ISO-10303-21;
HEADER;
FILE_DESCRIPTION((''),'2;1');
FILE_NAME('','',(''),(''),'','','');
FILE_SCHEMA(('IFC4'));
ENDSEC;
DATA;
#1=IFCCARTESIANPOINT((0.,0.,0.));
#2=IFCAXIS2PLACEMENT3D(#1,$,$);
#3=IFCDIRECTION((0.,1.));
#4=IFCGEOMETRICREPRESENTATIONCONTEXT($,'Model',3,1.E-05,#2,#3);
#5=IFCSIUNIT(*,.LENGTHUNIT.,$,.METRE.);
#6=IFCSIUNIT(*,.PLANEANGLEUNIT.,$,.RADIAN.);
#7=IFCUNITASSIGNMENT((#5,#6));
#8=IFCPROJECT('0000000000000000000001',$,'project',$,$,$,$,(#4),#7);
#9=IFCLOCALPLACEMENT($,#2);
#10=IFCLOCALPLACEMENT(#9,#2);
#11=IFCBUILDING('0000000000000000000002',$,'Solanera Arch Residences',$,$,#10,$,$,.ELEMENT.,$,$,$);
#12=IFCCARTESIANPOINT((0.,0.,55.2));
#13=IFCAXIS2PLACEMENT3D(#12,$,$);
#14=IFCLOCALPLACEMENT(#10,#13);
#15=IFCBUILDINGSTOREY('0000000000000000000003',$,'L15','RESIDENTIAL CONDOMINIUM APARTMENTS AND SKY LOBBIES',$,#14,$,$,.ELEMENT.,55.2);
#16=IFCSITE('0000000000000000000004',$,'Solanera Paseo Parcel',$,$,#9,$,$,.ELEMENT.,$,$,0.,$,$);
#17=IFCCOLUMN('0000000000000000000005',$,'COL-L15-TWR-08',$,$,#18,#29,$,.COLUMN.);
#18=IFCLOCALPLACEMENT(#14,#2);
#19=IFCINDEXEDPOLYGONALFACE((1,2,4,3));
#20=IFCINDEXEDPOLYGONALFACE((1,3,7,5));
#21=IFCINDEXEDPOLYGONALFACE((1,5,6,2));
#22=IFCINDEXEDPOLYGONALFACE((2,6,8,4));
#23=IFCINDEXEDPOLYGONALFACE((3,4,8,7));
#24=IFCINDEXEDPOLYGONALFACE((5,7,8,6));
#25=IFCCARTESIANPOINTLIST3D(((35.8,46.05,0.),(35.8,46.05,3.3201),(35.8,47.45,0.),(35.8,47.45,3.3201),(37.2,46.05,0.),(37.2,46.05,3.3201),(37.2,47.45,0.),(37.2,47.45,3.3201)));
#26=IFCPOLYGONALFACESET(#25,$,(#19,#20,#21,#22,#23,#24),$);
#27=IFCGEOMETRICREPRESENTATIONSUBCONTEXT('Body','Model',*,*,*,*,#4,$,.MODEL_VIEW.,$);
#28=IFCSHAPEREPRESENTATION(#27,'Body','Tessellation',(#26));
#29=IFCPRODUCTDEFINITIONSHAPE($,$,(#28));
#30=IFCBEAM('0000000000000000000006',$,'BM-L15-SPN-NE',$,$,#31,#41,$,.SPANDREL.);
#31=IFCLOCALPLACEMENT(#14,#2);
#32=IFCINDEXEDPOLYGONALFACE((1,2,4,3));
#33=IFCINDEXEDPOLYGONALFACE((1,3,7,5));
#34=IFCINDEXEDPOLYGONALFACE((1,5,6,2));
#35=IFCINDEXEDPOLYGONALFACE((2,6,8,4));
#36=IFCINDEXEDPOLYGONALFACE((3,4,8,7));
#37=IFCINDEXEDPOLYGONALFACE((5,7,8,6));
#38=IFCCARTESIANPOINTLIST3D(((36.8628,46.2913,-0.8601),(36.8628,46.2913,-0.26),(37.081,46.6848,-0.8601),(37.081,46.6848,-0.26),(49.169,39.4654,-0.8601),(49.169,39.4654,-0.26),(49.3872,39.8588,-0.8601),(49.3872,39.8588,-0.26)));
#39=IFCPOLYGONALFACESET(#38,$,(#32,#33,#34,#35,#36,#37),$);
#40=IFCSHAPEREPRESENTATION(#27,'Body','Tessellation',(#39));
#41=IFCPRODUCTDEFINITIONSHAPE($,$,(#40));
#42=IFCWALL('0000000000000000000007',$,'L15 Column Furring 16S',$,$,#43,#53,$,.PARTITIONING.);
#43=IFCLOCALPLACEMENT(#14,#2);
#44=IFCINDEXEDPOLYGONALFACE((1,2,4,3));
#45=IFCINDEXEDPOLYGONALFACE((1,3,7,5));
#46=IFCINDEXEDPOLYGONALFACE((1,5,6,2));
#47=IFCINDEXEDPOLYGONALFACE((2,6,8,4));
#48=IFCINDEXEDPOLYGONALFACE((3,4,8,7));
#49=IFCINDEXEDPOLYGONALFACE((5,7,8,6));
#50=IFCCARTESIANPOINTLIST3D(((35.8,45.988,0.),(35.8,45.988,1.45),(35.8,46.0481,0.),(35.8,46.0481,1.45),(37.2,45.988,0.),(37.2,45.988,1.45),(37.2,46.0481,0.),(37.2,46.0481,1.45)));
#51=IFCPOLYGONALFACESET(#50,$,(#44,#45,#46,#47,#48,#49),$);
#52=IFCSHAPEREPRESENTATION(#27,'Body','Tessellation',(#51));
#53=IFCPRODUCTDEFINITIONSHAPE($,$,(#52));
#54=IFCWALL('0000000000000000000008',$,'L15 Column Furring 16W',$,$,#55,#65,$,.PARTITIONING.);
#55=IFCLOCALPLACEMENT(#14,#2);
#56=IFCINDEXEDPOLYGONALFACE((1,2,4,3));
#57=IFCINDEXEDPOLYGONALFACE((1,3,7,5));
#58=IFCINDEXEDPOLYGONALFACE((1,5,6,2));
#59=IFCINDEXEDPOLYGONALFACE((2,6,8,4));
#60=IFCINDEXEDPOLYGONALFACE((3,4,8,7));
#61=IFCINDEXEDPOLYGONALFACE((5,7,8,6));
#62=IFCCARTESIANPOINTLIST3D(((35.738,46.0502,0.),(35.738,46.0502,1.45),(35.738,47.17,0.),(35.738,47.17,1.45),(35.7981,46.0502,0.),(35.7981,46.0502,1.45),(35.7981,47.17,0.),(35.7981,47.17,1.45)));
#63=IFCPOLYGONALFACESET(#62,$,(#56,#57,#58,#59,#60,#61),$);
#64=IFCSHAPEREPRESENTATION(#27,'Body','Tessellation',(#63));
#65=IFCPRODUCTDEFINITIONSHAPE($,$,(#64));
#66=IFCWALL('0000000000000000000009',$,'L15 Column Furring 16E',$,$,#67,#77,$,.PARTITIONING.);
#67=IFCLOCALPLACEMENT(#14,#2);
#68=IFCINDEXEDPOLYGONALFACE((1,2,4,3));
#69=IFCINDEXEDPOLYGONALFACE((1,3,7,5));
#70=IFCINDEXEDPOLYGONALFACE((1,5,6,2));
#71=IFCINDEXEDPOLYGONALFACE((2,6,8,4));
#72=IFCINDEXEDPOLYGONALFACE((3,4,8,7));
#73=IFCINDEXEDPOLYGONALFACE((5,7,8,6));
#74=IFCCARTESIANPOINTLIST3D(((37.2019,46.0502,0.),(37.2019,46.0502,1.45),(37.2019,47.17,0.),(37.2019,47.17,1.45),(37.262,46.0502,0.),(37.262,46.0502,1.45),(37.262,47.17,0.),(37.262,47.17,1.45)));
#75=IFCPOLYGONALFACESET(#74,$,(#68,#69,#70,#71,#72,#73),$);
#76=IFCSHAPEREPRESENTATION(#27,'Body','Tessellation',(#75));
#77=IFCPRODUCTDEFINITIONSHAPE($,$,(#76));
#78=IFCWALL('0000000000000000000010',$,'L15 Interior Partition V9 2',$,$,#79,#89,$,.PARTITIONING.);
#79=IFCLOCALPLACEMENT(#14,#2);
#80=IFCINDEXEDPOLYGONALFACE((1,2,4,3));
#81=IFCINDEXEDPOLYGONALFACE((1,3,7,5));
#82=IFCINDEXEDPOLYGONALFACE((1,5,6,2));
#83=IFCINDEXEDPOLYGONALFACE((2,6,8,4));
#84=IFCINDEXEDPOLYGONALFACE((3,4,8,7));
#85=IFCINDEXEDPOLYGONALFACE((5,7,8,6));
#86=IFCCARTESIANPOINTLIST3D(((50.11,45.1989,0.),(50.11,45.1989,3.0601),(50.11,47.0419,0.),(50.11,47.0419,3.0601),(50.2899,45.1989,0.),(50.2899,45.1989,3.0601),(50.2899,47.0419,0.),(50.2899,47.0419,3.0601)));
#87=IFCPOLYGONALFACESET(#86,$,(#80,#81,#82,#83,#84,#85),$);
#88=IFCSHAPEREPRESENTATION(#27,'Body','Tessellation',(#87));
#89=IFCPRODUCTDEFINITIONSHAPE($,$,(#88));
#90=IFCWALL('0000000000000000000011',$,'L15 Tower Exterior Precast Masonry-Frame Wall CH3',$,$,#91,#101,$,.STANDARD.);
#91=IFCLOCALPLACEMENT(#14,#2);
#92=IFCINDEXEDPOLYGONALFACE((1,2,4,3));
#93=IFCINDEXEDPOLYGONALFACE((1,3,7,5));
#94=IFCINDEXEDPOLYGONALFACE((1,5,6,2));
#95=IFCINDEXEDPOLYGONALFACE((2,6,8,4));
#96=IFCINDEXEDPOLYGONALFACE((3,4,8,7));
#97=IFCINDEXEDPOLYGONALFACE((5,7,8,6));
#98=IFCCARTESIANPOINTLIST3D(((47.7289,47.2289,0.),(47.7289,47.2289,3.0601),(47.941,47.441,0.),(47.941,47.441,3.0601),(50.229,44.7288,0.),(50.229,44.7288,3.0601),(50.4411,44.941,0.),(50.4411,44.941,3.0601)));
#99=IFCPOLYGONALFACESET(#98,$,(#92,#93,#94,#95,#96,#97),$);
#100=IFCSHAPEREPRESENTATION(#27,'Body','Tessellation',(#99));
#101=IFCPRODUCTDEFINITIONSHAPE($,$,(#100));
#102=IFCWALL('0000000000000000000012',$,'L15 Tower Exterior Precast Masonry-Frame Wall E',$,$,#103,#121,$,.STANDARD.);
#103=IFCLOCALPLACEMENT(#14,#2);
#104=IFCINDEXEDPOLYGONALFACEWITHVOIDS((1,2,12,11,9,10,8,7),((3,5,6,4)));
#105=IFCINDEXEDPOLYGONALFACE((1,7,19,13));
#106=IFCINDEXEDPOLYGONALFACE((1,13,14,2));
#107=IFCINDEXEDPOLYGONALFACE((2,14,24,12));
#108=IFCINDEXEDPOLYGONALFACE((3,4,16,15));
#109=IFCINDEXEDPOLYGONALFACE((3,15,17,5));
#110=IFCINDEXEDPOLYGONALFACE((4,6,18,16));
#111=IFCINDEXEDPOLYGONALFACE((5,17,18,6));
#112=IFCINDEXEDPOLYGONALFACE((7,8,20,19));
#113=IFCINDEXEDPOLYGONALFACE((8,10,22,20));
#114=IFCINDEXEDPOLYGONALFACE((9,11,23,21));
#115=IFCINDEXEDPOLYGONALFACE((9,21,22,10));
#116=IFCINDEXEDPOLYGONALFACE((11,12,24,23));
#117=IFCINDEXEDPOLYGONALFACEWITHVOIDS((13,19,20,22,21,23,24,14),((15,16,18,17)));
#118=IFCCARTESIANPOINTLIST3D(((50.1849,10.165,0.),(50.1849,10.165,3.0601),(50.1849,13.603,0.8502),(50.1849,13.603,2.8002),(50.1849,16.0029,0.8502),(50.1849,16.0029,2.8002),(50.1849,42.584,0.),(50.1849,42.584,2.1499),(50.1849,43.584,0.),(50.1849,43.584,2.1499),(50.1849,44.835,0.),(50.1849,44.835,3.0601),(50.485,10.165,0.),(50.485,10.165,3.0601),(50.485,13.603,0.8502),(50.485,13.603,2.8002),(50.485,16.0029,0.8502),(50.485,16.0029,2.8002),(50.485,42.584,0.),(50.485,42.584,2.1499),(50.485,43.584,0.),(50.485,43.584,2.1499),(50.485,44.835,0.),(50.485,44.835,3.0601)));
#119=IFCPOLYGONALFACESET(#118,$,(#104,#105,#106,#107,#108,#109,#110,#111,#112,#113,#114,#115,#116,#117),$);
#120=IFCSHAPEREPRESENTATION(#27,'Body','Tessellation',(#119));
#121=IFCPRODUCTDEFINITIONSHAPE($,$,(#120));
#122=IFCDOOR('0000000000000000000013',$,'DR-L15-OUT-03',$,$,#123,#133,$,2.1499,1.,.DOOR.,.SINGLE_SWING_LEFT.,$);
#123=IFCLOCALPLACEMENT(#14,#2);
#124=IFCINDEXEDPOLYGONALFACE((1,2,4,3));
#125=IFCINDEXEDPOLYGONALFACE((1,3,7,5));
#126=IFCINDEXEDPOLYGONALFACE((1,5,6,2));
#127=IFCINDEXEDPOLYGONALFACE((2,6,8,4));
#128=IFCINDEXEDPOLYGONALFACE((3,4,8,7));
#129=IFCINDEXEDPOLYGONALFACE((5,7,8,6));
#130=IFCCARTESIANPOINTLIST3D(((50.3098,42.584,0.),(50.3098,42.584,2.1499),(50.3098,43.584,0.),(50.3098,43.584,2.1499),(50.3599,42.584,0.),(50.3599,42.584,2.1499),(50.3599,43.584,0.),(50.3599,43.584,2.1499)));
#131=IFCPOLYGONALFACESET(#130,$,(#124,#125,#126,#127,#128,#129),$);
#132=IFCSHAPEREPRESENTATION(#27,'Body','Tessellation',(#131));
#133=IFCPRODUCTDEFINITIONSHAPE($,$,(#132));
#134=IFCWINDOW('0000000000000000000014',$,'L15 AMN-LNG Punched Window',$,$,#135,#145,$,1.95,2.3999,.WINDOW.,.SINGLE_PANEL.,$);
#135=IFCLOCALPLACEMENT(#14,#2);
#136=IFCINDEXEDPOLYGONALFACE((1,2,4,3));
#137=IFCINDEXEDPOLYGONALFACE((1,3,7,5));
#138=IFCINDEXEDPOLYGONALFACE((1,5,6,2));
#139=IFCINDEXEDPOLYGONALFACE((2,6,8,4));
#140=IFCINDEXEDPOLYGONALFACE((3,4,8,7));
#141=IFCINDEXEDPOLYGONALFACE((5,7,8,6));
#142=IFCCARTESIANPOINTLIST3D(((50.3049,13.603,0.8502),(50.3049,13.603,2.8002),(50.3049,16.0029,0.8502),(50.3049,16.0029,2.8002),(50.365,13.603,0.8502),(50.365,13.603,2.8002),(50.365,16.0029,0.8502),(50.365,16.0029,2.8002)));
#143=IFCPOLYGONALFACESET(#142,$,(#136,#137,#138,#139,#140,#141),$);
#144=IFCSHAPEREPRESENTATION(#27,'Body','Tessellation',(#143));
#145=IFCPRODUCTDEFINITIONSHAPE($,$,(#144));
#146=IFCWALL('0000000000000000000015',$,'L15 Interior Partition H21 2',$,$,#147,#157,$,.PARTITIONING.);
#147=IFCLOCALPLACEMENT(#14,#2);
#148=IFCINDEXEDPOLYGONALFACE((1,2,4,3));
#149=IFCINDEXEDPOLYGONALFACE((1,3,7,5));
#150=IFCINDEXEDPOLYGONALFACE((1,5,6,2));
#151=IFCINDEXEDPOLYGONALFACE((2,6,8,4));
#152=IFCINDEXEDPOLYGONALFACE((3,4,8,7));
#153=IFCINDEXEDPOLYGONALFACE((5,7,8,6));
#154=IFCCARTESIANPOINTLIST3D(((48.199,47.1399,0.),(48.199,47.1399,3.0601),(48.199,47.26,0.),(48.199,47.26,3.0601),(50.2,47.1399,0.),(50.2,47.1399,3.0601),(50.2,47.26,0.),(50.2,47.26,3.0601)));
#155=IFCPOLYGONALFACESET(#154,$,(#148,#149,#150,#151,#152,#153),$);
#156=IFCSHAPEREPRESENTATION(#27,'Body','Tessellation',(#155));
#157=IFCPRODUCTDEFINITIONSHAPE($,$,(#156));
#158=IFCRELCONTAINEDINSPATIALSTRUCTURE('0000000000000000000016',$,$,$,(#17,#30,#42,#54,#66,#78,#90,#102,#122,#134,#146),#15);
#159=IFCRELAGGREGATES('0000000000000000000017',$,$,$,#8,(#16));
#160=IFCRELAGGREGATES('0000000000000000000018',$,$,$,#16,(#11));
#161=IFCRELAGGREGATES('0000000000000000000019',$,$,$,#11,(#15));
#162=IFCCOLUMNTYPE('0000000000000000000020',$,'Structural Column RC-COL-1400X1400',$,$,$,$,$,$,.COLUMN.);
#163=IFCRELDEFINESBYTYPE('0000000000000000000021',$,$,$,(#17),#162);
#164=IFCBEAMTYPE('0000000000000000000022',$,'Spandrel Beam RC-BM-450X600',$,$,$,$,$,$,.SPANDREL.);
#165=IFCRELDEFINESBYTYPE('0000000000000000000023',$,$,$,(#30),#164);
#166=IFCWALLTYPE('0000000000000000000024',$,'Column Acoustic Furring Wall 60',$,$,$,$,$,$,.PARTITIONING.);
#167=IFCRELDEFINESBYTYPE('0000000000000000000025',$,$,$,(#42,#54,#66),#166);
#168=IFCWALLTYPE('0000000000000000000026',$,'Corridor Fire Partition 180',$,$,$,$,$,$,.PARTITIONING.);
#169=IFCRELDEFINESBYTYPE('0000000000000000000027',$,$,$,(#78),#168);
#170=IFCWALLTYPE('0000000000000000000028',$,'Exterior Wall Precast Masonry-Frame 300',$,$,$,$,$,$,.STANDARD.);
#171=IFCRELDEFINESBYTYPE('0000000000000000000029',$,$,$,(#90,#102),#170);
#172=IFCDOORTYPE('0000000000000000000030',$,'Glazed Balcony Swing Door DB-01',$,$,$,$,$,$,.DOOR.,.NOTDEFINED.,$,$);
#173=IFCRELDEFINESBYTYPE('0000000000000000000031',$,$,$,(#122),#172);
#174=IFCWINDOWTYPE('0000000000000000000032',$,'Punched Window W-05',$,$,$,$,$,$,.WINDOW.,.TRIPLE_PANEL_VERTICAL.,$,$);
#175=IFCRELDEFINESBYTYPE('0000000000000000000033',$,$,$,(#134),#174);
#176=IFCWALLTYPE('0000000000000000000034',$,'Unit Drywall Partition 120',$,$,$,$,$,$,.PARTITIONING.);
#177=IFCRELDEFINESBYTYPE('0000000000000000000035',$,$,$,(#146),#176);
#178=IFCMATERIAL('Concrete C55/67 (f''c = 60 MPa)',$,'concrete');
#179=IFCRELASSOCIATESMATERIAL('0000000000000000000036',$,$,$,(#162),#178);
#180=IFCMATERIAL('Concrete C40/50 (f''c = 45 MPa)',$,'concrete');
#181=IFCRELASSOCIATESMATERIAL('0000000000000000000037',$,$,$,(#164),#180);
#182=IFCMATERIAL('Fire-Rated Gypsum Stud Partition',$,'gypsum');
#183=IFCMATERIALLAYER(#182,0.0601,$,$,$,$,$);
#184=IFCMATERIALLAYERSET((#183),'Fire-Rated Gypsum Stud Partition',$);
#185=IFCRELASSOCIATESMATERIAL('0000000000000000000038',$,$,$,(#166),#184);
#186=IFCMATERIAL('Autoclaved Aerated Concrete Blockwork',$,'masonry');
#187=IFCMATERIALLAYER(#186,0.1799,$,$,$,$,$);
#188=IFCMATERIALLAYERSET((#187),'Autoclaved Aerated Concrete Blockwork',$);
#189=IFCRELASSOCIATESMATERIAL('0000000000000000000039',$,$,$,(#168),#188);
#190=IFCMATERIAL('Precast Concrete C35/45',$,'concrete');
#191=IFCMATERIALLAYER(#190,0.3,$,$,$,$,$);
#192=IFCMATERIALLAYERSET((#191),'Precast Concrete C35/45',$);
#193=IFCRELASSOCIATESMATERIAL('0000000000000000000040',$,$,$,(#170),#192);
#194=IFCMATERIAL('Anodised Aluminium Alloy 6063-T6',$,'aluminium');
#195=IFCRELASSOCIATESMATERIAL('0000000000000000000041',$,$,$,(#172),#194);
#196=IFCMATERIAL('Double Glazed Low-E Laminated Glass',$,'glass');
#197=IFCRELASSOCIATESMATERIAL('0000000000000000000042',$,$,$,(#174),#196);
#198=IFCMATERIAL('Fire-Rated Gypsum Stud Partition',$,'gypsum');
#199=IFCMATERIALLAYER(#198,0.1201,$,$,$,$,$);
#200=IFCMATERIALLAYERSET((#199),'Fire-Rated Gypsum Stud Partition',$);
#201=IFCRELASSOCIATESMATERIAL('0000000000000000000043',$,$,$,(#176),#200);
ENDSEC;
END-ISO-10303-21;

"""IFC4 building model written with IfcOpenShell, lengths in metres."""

from ifc_helpers import new_model, si_unit, direction, frame, frame_2d, origin, origin_2d, place, context, subcontext, project, spatial, rectangle, extrude, material, layer, layer_set, material_profile, profile_set, type_object, element, fill, save


model = new_model("IFC4")

# Units and contexts
model_context = context("Model", 3, precision=1e-05, world=origin(), true_north=direction((0.0, 1.0)))
body_context = subcontext(model_context, "Body", "Model", "MODEL_VIEW")
ifc_project = project(units=[si_unit("LENGTHUNIT", "METRE"), si_unit("PLANEANGLEUNIT", "RADIAN")], contexts=[model_context])

# Site, building, storey
site_placement = place(None, origin())
site = spatial("IfcSite", under=ifc_project, at=site_placement, Name="Solanera Paseo Parcel", CompositionType="ELEMENT", RefElevation=0.0)
building_placement = place(site_placement, origin())
building = spatial("IfcBuilding", under=site, at=building_placement, Name="Solanera Arch Residences", CompositionType="ELEMENT")
storey_placement = place(building_placement, frame((0.0, 0.0, 55.2)))
storey = spatial("IfcBuildingStorey", under=building, at=storey_placement, Name="L15", Description="RESIDENTIAL CONDOMINIUM APARTMENTS AND SKY LOBBIES", CompositionType="ELEMENT", Elevation=55.2)

# Column
ifc_material_1 = material(Name="Concrete C55/67 (f'c = 60 MPa)", Category="concrete")
ifc_material_profile_1 = material_profile(ifc_material_1, rectangle(XDim=1.3999, YDim=1.3999, at=origin_2d()))
ifc_profile_set_1 = profile_set([ifc_material_profile_1], Name="Concrete C55/67 (f'c = 60 MPa)")
column_type = type_object("IfcColumnType", Name="Structural Column RC-COL-1400X1400", PredefinedType="COLUMN", material=ifc_profile_set_1)
column_placement = place(storey_placement, frame((36.5, 46.75, 0.0), z_axis=(0.0, 0.0, 1.0), x_axis=(1.0, 0.0, 0.0)))
element("IfcColumn", 1, at=column_placement, inside=storey, type_object=column_type, Name="COL-L15-TWR-08", PredefinedType="COLUMN", context=body_context, shape_type="SweptSolid", body=[
    extrude(rectangle(XDim=1.3999, YDim=1.3999, at=origin_2d()), origin(), (0.0, 0.0, 1.0), 3.3201),
])

# Beam
ifc_material_2 = material(Name="Concrete C40/50 (f'c = 45 MPa)", Category="concrete")
ifc_material_profile_2 = material_profile(ifc_material_2, rectangle(XDim=0.45, YDim=0.6001, at=origin_2d()))
ifc_profile_set_2 = profile_set([ifc_material_profile_2], Name="Concrete C40/50 (f'c = 45 MPa)")
beam_type = type_object("IfcBeamType", Name="Spandrel Beam RC-BM-450X600", PredefinedType="SPANDREL", material=ifc_profile_set_2)
beam_placement = place(storey_placement, frame((36.9719, 46.488, -0.5601), z_axis=(0.874484, -0.485055, 0.0), x_axis=(0.485055, 0.874484, 0.0)))
element("IfcBeam", 2, at=beam_placement, inside=storey, type_object=beam_type, Name="BM-L15-SPN-NE", PredefinedType="SPANDREL", context=body_context, shape_type="SweptSolid", body=[
    extrude(rectangle(XDim=0.45, YDim=0.6001, at=origin_2d()), origin(), (0.0, 0.0, 1.0), 14.0725),
])

# Walls
ifc_material_3 = material(Name="Fire-Rated Gypsum Stud Partition", Category="gypsum")
ifc_layer_1 = layer(ifc_material_3, 0.0601)
ifc_layer_set_1 = layer_set([ifc_layer_1], Name="Fire-Rated Gypsum Stud Partition")
wall_type_1 = type_object("IfcWallType", Name="Column Acoustic Furring Wall 60", PredefinedType="PARTITIONING", material=ifc_layer_set_1)
wall_1_placement = place(storey_placement, frame((35.8, 46.0181, 0.0), z_axis=(0.0, 0.0, 1.0), x_axis=(1.0, 0.0, 0.0)))
element("IfcWall", 3, at=wall_1_placement, inside=storey, type_object=wall_type_1, Name="L15 Column Furring 16S", PredefinedType="PARTITIONING", context=body_context, shape_type="SweptSolid", body=[
    extrude(rectangle(XDim=1.3999, YDim=0.0601, at=frame_2d((0.7, 0.0))), origin(), (0.0, 0.0, 1.0), 1.45),
])
for number, where, z_axis, x_axis, name in (
    (4, (35.7681, 46.05, 0.0), (0.0, 0.0, 1.0), (0.0, 1.0, 0.0), "L15 Column Furring 16W"),
    (5, (37.2319, 46.05, 0.0), (0.0, 0.0, 1.0), (0.0, 1.0, 0.0), "L15 Column Furring 16E"),
):
    element("IfcWall", number, at=place(storey_placement, frame(where, z_axis=z_axis, x_axis=x_axis)), inside=storey, type_object=wall_type_1, Name=name, PredefinedType="PARTITIONING", context=body_context, shape_type="SweptSolid", body=[
        extrude(rectangle(XDim=1.1199, YDim=0.0601, at=frame_2d((0.5601, 0.0))), origin(), (0.0, 0.0, 1.0), 1.45),
    ])
ifc_material_4 = material(Name="Autoclaved Aerated Concrete Blockwork", Category="masonry")
ifc_layer_2 = layer(ifc_material_4, 0.1799)
ifc_layer_set_2 = layer_set([ifc_layer_2], Name="Autoclaved Aerated Concrete Blockwork")
wall_type_2 = type_object("IfcWallType", Name="Corridor Fire Partition 180", PredefinedType="PARTITIONING", material=ifc_layer_set_2)
wall_2_placement = place(storey_placement, frame((50.2, 45.199, 0.0), z_axis=(0.0, 0.0, 1.0), x_axis=(0.0, 1.0, 0.0)))
element("IfcWall", 6, at=wall_2_placement, inside=storey, type_object=wall_type_2, Name="L15 Interior Partition V9 2", PredefinedType="PARTITIONING", context=body_context, shape_type="SweptSolid", body=[
    extrude(rectangle(XDim=1.843, YDim=0.1799, at=frame_2d((0.9214, 0.0))), origin(), (0.0, 0.0, 1.0), 3.0601),
])
ifc_material_5 = material(Name="Precast Concrete C35/45", Category="concrete")
ifc_layer_3 = layer(ifc_material_5, 0.3)
ifc_layer_set_3 = layer_set([ifc_layer_3], Name="Precast Concrete C35/45")
wall_type_3 = type_object("IfcWallType", Name="Exterior Wall Precast Masonry-Frame 300", PredefinedType="STANDARD", material=ifc_layer_set_3)
wall_3_placement = place(storey_placement, frame((47.835, 47.335, 0.0), z_axis=(0.0, 0.0, 1.0), x_axis=(0.707107, -0.707107, 0.0)))
element("IfcWall", 7, at=wall_3_placement, inside=storey, type_object=wall_type_3, Name="L15 Tower Exterior Precast Masonry-Frame Wall CH3", PredefinedType="STANDARD", context=body_context, shape_type="SweptSolid", body=[
    extrude(rectangle(XDim=3.5356, YDim=0.3, at=frame_2d((1.7678, 0.0))), origin(), (0.0, 0.0, 1.0), 3.0601),
])

# Wall, openings, door, window
wall_4_placement = place(storey_placement, frame((50.335, 44.835, 0.0), z_axis=(0.0, 0.0, 1.0), x_axis=(0.0, -1.0, 0.0)))
wall_4 = element("IfcWall", 8, at=wall_4_placement, inside=storey, type_object=wall_type_3, Name="L15 Tower Exterior Precast Masonry-Frame Wall E", PredefinedType="STANDARD", context=body_context, shape_type="SweptSolid", body=[
    extrude(rectangle(XDim=34.6699, YDim=0.3, at=frame_2d((17.335, 0.0))), origin(), (0.0, 0.0, 1.0), 3.0601),
])
opening_1_placement = place(wall_4_placement, frame((1.251, 0.0, 0.0)))
opening_1 = element("IfcOpeningElement", 9, at=opening_1_placement, cuts=wall_4, PredefinedType="OPENING", context=body_context, shape_type="SweptSolid", body=[
    extrude(rectangle(XDim=1.0, YDim=2.1499, at=frame_2d((0.5, 1.075))), frame((0.0, 0.1599, 0.0), z_axis=(0.0, -1.0, 0.0), x_axis=(1.0, 0.0, 0.0)), (0.0, 0.0, 1.0), 0.32),
])
opening_2_placement = place(wall_4_placement, frame((28.832, 0.0, 0.8501)))
opening_2 = element("IfcOpeningElement", 10, at=opening_2_placement, cuts=wall_4, PredefinedType="OPENING", context=body_context, shape_type="SweptSolid", body=[
    extrude(rectangle(XDim=2.3999, YDim=1.95, at=frame_2d((1.2, 0.9751))), frame((0.0, 0.1599, 0.0), z_axis=(0.0, -1.0, 0.0), x_axis=(1.0, 0.0, 0.0)), (0.0, 0.0, 1.0), 0.32),
])
ifc_material_6 = material(Name="Anodised Aluminium Alloy 6063-T6", Category="aluminium")
door_type_1 = type_object("IfcDoorType", Name="Glazed Balcony Swing Door DB-01", OperationType="NOTDEFINED", PredefinedType="DOOR", material=ifc_material_6)
door_1_placement = place(opening_1_placement, origin())
door_1 = element("IfcDoor", 11, at=door_1_placement, inside=storey, type_object=door_type_1, Name="DR-L15-OUT-03", OperationType="SINGLE_SWING_LEFT", OverallHeight=2.1499, OverallWidth=1.0, PredefinedType="DOOR", context=body_context, shape_type="SweptSolid", body=[
    extrude(rectangle(XDim=1.0, YDim=2.1499, at=frame_2d((0.5, 1.075))), frame((0.0, 0.0249, 0.0), z_axis=(0.0, -1.0, 0.0), x_axis=(1.0, 0.0, 0.0)), (0.0, 0.0, 1.0), 0.05),
])
fill(opening_1, door_1)
ifc_material_7 = material(Name="Double Glazed Low-E Laminated Glass", Category="glass")
window_type = type_object("IfcWindowType", Name="Punched Window W-05", PartitioningType="TRIPLE_PANEL_VERTICAL", PredefinedType="WINDOW", material=ifc_material_7)
window_placement = place(opening_2_placement, origin())
window = element("IfcWindow", 12, at=window_placement, inside=storey, type_object=window_type, Name="L15 AMN-LNG Punched Window", OverallHeight=1.95, OverallWidth=2.3999, PartitioningType="SINGLE_PANEL", PredefinedType="WINDOW", context=body_context, shape_type="SweptSolid", body=[
    extrude(rectangle(XDim=2.3999, YDim=1.95, at=frame_2d((1.2, 0.9751))), frame((0.0, 0.03, 0.0), z_axis=(0.0, -1.0, 0.0), x_axis=(1.0, 0.0, 0.0)), (0.0, 0.0, 1.0), 0.0601),
])
fill(opening_2, window)

# Wall
ifc_material_8 = material(Name="Fire-Rated Gypsum Stud Partition", Category="gypsum")
ifc_layer_4 = layer(ifc_material_8, 0.1201)
ifc_layer_set_4 = layer_set([ifc_layer_4], Name="Fire-Rated Gypsum Stud Partition")
wall_type_4 = type_object("IfcWallType", Name="Unit Drywall Partition 120", PredefinedType="PARTITIONING", material=ifc_layer_set_4)
wall_5_placement = place(storey_placement, frame((48.199, 47.2, 0.0), z_axis=(0.0, 0.0, 1.0), x_axis=(1.0, 0.0, 0.0)))
element("IfcWall", 13, at=wall_5_placement, inside=storey, type_object=wall_type_4, Name="L15 Interior Partition H21 2", PredefinedType="PARTITIONING", context=body_context, shape_type="SweptSolid", body=[
    extrude(rectangle(XDim=2.001, YDim=0.1201, at=frame_2d((1.0005, 0.0))), origin(), (0.0, 0.0, 1.0), 3.0601),
])

save(model, "model.ifc")
